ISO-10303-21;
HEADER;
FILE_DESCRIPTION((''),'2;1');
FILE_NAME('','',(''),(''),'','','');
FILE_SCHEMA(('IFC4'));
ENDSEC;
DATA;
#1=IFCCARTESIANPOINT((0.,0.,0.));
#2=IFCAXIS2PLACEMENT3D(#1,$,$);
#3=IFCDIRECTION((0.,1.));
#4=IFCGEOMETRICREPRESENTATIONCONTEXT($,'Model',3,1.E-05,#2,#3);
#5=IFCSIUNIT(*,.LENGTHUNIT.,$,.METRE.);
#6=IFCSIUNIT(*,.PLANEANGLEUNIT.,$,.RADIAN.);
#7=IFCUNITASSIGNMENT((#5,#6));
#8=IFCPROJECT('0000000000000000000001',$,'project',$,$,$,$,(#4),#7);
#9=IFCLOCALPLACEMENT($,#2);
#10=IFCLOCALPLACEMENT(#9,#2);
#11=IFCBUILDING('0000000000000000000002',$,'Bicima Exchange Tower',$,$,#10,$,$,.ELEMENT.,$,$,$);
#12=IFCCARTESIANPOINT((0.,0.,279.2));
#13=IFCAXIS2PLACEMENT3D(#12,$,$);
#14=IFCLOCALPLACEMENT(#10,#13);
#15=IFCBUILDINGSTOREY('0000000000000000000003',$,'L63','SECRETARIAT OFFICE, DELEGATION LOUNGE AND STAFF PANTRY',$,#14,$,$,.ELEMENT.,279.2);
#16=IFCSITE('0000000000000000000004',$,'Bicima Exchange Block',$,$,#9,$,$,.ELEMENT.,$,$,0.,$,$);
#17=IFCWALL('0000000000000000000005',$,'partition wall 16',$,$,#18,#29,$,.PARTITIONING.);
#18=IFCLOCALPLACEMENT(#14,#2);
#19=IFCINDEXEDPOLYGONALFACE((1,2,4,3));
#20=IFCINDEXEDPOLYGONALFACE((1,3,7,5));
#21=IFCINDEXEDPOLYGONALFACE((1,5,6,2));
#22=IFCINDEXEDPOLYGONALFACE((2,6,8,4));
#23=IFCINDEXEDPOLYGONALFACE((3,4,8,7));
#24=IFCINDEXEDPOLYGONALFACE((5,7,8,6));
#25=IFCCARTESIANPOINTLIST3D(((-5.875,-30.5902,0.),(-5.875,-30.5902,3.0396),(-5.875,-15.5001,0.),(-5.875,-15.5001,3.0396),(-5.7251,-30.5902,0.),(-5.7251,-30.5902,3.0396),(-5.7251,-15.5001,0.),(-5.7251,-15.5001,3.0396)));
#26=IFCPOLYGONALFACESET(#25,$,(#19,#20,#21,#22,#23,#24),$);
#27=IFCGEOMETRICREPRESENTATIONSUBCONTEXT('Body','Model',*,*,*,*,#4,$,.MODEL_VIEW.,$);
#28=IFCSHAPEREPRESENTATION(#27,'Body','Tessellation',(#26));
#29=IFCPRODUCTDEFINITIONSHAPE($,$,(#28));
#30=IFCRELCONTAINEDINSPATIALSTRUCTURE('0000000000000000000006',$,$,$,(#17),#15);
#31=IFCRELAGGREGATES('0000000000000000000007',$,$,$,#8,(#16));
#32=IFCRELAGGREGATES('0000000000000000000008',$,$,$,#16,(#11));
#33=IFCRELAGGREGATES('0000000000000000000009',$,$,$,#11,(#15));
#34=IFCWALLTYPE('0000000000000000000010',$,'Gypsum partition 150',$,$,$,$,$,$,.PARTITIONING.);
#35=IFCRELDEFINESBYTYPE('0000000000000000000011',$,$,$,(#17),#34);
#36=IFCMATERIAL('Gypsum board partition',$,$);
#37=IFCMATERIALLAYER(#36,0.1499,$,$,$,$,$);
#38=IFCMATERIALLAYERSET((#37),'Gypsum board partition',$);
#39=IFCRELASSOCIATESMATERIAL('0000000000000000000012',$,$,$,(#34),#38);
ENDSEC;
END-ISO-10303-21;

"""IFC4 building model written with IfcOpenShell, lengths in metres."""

from ifc_helpers import new_model, si_unit, direction, frame, frame_2d, origin, place, context, subcontext, project, spatial, rectangle, extrude, material, layer, layer_set, type_object, element, save


model = new_model("IFC4")

# Units and contexts
model_context = context("Model", 3, precision=1e-05, world=origin(), true_north=direction((0.0, 1.0)))
body_context = subcontext(model_context, "Body", "Model", "MODEL_VIEW")
ifc_project = project(units=[si_unit("LENGTHUNIT", "METRE"), si_unit("PLANEANGLEUNIT", "RADIAN")], contexts=[model_context])

# Site, building, storey
site_placement = place(None, origin())
site = spatial("IfcSite", under=ifc_project, at=site_placement, Name="Bicima Exchange Block", CompositionType="ELEMENT", RefElevation=0.0)
building_placement = place(site_placement, origin())
building = spatial("IfcBuilding", under=site, at=building_placement, Name="Bicima Exchange Tower", CompositionType="ELEMENT")
storey_placement = place(building_placement, frame((0.0, 0.0, 279.2)))
storey = spatial("IfcBuildingStorey", under=building, at=storey_placement, Name="L63", Description="SECRETARIAT OFFICE, DELEGATION LOUNGE AND STAFF PANTRY", CompositionType="ELEMENT", Elevation=279.2)

# Shared definitions
ifc_material_1 = material(Name="Gypsum board partition")

# Wall
ifc_layer_1 = layer(ifc_material_1, 0.1499)
ifc_layer_set_1 = layer_set([ifc_layer_1], Name="Gypsum board partition")
wall_type_1 = type_object("IfcWallType", Name="Gypsum partition 150", PredefinedType="PARTITIONING", material=ifc_layer_set_1)
wall_1_placement = place(storey_placement, frame((-5.8, -30.5901, 0.0), z_axis=(0.0, 0.0, 1.0), x_axis=(0.0, 1.0, 0.0)))
element("IfcWall", 1, at=wall_1_placement, inside=storey, type_object=wall_type_1, Name="partition wall 16", PredefinedType="PARTITIONING", context=body_context, shape_type="SweptSolid", body=[
    extrude(rectangle(XDim=15.0901, YDim=0.1499, at=frame_2d((7.5449, 0.0))), origin(), (0.0, 0.0, 1.0), 3.0396),
])

save(model, "model.ifc")
